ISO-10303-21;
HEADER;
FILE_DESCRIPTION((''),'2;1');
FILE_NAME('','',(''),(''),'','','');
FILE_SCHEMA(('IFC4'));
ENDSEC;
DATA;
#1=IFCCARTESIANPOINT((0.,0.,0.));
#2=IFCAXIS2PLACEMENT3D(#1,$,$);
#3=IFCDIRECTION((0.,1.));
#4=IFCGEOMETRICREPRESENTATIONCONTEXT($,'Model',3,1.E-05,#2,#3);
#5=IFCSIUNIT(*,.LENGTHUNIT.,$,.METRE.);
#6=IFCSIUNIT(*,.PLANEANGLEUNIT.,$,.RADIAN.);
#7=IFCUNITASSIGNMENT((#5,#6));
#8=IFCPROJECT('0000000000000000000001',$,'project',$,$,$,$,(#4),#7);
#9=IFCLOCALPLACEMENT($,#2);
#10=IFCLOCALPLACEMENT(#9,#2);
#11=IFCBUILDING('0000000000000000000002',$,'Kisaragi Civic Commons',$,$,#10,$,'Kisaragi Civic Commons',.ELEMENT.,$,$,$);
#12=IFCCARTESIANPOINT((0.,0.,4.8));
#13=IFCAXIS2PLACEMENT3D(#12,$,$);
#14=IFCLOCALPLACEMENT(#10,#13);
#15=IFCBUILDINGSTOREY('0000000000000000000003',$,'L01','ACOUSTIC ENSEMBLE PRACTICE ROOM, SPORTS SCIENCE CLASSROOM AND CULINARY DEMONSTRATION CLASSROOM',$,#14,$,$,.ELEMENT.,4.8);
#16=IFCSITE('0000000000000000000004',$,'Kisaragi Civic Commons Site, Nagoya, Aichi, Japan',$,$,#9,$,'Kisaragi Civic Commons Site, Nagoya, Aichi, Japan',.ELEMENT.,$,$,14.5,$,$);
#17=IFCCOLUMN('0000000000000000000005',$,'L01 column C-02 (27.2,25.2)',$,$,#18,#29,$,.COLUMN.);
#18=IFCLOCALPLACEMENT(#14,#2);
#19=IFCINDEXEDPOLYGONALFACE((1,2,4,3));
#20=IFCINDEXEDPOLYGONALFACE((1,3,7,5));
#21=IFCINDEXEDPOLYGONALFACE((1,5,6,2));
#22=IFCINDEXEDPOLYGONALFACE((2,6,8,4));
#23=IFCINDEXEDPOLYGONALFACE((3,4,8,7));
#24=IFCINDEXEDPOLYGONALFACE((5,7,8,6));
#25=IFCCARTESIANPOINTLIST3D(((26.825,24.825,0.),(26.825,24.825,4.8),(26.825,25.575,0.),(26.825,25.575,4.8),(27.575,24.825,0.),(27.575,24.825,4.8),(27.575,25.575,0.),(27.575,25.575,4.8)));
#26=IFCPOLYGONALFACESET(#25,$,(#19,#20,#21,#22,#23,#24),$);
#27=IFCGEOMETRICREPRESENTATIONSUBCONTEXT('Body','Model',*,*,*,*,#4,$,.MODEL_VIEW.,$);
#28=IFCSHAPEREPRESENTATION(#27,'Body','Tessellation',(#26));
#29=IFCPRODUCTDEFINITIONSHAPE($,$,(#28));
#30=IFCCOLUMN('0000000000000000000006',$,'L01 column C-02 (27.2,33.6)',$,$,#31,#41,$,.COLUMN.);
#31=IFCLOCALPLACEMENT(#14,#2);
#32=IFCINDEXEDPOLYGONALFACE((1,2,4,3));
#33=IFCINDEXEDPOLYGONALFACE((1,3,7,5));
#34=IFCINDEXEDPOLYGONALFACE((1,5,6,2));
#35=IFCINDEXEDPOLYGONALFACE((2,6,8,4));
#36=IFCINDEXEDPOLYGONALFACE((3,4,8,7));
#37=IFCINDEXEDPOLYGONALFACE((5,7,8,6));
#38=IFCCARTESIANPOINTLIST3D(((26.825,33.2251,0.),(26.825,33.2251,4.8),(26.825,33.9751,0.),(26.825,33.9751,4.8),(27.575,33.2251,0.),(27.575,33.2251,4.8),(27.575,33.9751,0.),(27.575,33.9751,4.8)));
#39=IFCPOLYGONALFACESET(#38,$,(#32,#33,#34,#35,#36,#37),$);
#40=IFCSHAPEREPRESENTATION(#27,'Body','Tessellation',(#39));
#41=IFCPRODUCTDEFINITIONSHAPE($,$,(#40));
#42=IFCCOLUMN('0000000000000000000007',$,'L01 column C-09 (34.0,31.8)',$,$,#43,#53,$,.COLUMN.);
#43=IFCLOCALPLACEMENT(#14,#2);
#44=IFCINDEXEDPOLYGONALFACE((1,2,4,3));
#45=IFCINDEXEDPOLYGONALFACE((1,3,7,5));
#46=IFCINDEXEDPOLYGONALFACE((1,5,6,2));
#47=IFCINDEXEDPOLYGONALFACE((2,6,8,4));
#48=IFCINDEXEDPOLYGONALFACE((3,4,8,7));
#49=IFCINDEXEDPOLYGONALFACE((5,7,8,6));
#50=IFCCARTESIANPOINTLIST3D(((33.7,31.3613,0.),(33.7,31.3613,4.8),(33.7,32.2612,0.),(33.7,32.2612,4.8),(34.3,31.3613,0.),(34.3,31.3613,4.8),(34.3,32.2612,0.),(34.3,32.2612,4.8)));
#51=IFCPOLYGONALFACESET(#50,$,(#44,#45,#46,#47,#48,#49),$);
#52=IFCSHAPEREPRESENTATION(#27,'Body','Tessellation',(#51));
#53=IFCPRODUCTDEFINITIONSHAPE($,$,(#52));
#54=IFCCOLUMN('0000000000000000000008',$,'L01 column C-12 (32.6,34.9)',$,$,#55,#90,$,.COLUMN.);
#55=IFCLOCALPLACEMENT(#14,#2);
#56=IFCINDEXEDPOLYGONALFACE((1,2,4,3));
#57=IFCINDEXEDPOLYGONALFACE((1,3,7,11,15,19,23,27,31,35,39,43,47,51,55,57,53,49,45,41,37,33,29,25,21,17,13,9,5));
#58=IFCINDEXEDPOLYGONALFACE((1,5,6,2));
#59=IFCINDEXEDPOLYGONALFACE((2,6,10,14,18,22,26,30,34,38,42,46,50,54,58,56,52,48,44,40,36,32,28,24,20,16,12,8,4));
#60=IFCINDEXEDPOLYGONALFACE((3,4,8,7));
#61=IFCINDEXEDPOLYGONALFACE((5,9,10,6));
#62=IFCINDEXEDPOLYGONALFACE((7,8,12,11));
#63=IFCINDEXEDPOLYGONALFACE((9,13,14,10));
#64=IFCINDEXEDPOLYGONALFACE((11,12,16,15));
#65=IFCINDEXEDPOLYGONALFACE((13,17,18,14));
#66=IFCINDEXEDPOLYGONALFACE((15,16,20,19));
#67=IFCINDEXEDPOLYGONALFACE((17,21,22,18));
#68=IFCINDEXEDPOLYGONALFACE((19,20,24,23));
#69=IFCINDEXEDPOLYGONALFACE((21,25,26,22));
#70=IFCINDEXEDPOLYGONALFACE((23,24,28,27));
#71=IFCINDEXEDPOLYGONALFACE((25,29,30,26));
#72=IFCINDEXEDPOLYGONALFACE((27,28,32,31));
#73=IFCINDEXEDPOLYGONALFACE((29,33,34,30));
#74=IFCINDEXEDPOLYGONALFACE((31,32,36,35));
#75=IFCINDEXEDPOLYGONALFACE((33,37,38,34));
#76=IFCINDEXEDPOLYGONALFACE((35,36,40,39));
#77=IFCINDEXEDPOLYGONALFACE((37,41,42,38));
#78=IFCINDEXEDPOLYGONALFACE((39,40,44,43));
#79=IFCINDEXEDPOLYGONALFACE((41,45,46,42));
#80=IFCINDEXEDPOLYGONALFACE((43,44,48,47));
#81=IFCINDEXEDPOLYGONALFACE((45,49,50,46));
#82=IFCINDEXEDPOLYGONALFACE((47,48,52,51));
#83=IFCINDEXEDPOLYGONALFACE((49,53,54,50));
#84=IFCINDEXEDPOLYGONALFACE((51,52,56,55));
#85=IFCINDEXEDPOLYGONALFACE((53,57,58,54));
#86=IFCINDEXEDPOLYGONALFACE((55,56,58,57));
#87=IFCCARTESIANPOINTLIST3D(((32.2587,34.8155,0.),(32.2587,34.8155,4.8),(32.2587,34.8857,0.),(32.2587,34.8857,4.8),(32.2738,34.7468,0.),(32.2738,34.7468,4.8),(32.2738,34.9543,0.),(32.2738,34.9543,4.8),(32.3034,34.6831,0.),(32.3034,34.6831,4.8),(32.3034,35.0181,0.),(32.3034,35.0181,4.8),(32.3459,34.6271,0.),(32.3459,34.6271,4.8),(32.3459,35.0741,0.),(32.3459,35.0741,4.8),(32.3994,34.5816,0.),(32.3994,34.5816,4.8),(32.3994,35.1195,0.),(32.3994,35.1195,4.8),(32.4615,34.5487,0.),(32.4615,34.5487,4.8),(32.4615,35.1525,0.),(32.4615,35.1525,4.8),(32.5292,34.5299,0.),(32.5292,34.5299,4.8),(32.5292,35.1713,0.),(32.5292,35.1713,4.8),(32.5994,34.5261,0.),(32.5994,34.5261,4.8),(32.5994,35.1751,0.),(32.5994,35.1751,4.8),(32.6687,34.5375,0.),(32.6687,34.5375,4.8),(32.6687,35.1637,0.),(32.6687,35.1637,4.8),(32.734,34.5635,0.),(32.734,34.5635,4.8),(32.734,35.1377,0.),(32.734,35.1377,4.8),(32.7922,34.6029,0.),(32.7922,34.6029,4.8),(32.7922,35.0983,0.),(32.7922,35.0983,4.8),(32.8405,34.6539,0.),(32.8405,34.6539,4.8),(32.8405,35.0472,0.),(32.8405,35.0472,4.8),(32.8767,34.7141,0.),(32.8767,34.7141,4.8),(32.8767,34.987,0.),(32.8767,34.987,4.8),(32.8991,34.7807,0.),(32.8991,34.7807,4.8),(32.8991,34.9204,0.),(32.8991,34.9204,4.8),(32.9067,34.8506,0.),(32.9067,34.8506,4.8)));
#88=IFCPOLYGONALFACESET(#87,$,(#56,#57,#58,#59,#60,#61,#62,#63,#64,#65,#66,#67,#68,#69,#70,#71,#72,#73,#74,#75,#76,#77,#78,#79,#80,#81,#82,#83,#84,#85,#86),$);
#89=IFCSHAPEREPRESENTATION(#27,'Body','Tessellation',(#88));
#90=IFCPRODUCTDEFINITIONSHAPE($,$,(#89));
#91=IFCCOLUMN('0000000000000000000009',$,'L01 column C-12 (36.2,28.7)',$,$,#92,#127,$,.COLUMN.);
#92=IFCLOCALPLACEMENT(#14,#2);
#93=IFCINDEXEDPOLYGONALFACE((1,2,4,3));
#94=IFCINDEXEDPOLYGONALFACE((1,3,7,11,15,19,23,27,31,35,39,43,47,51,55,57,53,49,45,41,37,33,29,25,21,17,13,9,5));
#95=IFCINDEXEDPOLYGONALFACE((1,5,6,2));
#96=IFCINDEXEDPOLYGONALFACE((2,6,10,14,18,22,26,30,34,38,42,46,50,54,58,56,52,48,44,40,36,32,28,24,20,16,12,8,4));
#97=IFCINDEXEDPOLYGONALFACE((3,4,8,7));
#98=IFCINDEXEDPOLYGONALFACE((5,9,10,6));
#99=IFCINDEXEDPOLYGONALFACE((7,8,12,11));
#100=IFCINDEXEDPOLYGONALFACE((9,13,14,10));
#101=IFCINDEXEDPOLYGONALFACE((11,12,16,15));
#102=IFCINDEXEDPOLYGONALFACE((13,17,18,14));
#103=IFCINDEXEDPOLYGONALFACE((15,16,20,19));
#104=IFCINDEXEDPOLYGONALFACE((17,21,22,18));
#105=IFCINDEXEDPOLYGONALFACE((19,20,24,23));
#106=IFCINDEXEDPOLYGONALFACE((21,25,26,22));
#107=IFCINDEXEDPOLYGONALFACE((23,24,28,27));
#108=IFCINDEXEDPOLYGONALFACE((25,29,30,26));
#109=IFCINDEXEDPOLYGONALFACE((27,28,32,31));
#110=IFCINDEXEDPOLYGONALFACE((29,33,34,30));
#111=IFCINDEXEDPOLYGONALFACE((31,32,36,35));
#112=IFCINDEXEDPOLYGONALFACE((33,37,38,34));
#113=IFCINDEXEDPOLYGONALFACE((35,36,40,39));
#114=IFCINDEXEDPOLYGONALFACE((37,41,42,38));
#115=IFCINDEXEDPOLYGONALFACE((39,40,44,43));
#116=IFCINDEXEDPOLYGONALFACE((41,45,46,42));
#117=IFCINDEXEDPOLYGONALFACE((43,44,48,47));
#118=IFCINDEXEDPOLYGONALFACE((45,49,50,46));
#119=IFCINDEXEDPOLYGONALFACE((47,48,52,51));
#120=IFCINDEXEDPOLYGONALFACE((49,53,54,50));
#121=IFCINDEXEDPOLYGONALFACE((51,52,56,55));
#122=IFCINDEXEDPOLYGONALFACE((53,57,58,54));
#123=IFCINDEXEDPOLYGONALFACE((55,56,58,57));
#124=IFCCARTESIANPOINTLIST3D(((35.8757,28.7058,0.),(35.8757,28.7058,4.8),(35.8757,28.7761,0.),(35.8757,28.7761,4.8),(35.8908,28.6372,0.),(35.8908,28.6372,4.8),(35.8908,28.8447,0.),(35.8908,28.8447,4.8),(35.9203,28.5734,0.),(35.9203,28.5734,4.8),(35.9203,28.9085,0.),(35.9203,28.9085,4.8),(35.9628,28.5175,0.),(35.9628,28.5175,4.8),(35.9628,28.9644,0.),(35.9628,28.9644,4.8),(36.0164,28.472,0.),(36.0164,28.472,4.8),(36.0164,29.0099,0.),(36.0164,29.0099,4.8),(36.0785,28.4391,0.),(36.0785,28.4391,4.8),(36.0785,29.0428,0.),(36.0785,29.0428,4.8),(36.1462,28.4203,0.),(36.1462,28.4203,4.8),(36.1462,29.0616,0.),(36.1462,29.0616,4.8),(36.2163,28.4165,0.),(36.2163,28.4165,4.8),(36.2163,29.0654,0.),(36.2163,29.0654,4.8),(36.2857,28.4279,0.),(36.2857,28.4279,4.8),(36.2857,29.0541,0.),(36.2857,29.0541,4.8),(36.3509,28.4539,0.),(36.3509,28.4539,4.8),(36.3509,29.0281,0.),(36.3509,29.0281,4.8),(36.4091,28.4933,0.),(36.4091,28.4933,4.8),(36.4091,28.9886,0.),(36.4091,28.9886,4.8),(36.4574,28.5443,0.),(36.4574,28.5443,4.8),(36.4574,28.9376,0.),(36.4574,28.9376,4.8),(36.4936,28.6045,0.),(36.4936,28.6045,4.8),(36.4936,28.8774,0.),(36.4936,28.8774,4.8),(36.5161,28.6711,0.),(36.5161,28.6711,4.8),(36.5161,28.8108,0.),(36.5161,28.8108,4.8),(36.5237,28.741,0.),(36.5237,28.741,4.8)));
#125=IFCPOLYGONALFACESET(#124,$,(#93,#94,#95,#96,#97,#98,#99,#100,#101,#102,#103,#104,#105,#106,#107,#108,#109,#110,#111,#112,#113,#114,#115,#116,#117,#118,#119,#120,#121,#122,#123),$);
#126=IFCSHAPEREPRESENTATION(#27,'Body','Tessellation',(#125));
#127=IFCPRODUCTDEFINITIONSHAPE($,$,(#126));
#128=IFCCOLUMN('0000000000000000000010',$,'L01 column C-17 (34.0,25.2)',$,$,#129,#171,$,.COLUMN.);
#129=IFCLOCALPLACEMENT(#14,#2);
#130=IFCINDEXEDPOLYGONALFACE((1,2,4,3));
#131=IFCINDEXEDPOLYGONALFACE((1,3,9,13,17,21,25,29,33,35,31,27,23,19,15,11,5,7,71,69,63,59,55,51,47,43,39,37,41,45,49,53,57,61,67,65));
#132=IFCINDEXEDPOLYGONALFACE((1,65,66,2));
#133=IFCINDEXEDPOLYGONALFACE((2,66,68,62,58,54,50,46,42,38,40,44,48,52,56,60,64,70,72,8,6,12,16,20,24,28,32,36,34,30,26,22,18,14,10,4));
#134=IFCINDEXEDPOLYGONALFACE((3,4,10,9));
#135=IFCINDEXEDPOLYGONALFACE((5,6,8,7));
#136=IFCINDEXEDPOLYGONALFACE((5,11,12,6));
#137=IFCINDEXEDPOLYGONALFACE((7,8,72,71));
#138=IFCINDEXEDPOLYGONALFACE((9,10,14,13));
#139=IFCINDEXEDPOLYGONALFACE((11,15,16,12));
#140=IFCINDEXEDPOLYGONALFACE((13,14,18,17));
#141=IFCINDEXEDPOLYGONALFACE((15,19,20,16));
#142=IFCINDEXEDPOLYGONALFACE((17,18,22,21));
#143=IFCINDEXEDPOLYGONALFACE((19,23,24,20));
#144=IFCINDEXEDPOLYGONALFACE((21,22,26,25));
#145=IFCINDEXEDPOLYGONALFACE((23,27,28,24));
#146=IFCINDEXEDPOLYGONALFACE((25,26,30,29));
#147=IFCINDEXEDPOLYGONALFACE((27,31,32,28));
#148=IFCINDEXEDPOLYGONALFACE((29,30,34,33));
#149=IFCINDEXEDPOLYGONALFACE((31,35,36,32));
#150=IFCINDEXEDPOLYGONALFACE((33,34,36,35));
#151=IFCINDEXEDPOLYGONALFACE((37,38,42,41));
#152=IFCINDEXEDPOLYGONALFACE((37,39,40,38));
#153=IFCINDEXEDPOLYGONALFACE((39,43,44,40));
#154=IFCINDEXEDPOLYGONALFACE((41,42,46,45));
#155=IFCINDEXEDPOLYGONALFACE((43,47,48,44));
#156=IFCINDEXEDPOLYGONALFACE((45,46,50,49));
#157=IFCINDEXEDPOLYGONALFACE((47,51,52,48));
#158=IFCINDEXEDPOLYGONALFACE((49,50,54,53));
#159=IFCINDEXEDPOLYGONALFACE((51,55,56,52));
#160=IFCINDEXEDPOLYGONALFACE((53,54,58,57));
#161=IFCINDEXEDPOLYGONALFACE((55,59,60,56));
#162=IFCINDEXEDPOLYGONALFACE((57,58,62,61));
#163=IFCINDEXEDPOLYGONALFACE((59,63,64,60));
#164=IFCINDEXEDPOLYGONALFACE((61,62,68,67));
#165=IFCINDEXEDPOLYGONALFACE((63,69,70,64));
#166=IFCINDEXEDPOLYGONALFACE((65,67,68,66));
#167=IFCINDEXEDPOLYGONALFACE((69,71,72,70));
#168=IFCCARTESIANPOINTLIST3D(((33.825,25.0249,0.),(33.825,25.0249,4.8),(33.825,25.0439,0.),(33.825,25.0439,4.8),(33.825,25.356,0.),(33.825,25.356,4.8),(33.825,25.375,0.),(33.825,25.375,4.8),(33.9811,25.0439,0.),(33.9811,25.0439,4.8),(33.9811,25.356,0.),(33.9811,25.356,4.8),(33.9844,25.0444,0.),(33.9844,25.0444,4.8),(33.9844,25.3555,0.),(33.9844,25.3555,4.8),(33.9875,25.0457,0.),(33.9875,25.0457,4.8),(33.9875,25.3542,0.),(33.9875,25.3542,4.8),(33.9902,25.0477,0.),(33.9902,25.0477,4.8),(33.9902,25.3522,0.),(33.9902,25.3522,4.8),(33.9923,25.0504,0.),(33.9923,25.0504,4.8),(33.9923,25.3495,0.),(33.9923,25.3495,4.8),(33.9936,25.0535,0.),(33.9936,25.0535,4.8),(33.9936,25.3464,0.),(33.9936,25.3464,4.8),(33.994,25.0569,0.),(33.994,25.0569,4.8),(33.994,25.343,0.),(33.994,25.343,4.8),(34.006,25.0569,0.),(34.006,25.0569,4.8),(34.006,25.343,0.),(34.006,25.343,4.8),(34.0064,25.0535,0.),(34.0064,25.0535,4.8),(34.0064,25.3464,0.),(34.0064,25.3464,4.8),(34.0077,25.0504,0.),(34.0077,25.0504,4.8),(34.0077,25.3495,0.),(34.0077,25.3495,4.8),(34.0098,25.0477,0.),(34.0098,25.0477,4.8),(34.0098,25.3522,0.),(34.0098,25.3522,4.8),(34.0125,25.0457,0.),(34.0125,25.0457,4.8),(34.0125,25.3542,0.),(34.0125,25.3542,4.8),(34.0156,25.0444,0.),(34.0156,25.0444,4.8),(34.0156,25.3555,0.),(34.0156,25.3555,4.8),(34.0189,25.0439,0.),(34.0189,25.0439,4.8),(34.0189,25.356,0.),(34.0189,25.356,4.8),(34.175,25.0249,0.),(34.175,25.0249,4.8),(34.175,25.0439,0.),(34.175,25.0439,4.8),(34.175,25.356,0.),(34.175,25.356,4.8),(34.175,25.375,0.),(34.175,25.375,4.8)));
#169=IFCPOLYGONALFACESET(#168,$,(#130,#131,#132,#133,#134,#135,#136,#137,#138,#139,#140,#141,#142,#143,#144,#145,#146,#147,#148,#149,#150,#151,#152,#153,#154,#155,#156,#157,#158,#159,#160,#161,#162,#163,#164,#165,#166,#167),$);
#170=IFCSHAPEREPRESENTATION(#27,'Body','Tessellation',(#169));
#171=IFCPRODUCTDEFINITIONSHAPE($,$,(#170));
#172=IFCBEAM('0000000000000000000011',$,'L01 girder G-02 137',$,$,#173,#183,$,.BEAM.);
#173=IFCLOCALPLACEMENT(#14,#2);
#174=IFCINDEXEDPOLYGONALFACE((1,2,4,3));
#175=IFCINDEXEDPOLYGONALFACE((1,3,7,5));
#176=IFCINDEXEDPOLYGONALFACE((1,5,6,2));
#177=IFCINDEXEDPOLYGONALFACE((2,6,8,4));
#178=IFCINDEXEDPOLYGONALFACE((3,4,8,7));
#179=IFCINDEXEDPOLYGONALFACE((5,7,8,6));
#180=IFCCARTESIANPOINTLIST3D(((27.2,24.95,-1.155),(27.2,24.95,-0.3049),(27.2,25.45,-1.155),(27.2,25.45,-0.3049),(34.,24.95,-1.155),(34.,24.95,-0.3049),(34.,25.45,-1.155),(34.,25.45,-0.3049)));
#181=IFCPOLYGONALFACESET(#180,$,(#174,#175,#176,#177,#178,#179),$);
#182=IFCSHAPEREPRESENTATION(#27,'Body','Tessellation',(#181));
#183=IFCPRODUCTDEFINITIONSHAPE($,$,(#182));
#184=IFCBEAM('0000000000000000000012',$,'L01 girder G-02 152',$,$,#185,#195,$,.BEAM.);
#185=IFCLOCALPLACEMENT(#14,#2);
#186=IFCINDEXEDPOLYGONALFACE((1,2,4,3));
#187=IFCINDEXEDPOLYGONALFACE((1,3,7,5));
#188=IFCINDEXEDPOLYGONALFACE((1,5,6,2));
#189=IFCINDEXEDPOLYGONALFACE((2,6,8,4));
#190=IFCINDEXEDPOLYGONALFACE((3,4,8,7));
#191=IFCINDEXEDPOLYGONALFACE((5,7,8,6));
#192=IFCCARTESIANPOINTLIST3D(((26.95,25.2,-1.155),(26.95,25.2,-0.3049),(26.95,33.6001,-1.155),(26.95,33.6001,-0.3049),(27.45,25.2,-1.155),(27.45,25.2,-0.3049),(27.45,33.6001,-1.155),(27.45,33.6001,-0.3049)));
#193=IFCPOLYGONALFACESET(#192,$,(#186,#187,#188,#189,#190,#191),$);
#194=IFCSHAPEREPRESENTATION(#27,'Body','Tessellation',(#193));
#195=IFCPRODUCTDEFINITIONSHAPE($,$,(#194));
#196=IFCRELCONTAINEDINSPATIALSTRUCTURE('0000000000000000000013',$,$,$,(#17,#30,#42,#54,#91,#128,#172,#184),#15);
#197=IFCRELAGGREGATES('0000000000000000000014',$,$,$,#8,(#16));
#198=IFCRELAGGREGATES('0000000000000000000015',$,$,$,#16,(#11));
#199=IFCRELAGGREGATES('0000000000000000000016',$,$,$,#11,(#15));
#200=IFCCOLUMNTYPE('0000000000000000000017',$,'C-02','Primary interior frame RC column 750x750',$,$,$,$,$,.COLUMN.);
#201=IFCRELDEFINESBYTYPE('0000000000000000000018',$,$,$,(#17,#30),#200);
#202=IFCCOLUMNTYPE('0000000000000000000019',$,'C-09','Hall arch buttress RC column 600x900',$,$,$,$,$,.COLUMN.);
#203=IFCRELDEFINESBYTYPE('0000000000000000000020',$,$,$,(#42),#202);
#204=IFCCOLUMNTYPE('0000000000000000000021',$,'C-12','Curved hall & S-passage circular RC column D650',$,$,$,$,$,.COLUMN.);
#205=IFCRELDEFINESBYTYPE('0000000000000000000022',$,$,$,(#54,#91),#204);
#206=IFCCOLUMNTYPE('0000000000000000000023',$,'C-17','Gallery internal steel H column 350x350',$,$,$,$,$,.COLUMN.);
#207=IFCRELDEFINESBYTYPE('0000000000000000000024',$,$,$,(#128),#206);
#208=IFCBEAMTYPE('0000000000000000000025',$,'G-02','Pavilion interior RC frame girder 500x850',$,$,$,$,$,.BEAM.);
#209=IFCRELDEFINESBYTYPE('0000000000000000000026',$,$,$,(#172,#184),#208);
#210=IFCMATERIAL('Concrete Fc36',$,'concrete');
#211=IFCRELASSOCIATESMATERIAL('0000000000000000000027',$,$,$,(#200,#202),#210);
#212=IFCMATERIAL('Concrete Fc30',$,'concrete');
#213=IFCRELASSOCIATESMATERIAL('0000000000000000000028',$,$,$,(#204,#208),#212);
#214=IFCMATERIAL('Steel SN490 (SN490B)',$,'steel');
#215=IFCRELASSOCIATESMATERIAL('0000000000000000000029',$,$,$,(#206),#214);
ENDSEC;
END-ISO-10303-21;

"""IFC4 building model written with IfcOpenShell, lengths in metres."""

from ifc_helpers import new_model, si_unit, direction, frame, origin, origin_2d, place, context, subcontext, project, spatial, rectangle, circle, i_section, extrude, material, material_profile, profile_set, type_object, element, save


model = new_model("IFC4")

# Units and contexts
model_context = context("Model", 3, precision=1e-05, world=origin(), true_north=direction((0.0, 1.0)))
body_context = subcontext(model_context, "Body", "Model", "MODEL_VIEW")
ifc_project = project(units=[si_unit("LENGTHUNIT", "METRE"), si_unit("PLANEANGLEUNIT", "RADIAN")], contexts=[model_context])

# Site, building, storey
site_placement = place(None, origin())
site = spatial("IfcSite", under=ifc_project, at=site_placement, Name="Kisaragi Civic Commons Site, Nagoya, Aichi, Japan", LongName="Kisaragi Civic Commons Site, Nagoya, Aichi, Japan", CompositionType="ELEMENT", RefElevation=14.5)
building_placement = place(site_placement, origin())
building = spatial("IfcBuilding", under=site, at=building_placement, Name="Kisaragi Civic Commons", LongName="Kisaragi Civic Commons", CompositionType="ELEMENT")
storey_placement = place(building_placement, frame((0.0, 0.0, 4.8)))
storey = spatial("IfcBuildingStorey", under=building, at=storey_placement, Name="L01", Description="ACOUSTIC ENSEMBLE PRACTICE ROOM, SPORTS SCIENCE CLASSROOM AND CULINARY DEMONSTRATION CLASSROOM", CompositionType="ELEMENT", Elevation=4.8)

# Columns
ifc_material_1 = material(Name="Concrete Fc36", Category="concrete")
ifc_material_profile_1 = material_profile(ifc_material_1, rectangle(XDim=0.75, YDim=0.75, at=origin_2d()), Name="RC-750x750", Category="concrete")
ifc_profile_set_1 = profile_set([ifc_material_profile_1], Name="Concrete Fc36")
column_type_1 = type_object("IfcColumnType", Name="C-02", Description="Primary interior frame RC column 750x750", PredefinedType="COLUMN", material=ifc_profile_set_1)
for number, where, z_axis, x_axis, name in (
    (1, (27.2, 25.2, 0.0), (0.0, 0.0, 1.0), (1.0, 0.0, 0.0), "L01 column C-02 (27.2,25.2)"),
    (2, (27.2, 33.6001, 0.0), (0.0, 0.0, 1.0), (1.0, 0.0, 0.0), "L01 column C-02 (27.2,33.6)"),
):
    element("IfcColumn", number, at=place(storey_placement, frame(where, z_axis=z_axis, x_axis=x_axis)), inside=storey, type_object=column_type_1, Name=name, PredefinedType="COLUMN", context=body_context, shape_type="SweptSolid", body=[
        extrude(rectangle(XDim=0.75, YDim=0.75, at=origin_2d()), origin(), (0.0, 0.0, 1.0), 4.8),
    ])
ifc_material_profile_2 = material_profile(ifc_material_1, rectangle(XDim=0.6001, YDim=0.8999, at=origin_2d()), Name="RC-600x900", Category="concrete")
ifc_profile_set_2 = profile_set([ifc_material_profile_2], Name="Concrete Fc36")
column_type_2 = type_object("IfcColumnType", Name="C-09", Description="Hall arch buttress RC column 600x900", PredefinedType="COLUMN", material=ifc_profile_set_2)
column_1_placement = place(storey_placement, frame((34.0, 31.8113, 0.0), z_axis=(0.0, 0.0, 1.0), x_axis=(1.0, 0.0, 0.0)))
element("IfcColumn", 3, at=column_1_placement, inside=storey, type_object=column_type_2, Name="L01 column C-09 (34.0,31.8)", PredefinedType="COLUMN", context=body_context, shape_type="SweptSolid", body=[
    extrude(rectangle(XDim=0.6001, YDim=0.8999, at=origin_2d()), origin(), (0.0, 0.0, 1.0), 4.8),
])
ifc_material_2 = material(Name="Concrete Fc30", Category="concrete")
ifc_material_profile_3 = material_profile(ifc_material_2, circle(Radius=0.325, at=origin_2d()), Name="RC-D650", Category="concrete")
ifc_profile_set_3 = profile_set([ifc_material_profile_3], Name="Concrete Fc30")
column_type_3 = type_object("IfcColumnType", Name="C-12", Description="Curved hall & S-passage circular RC column D650", PredefinedType="COLUMN", material=ifc_profile_set_3)
for number, where, z_axis, x_axis, name in (
    (4, (32.5818, 34.8506, 0.0), (0.0, 0.0, 1.0), (1.0, 0.0, 0.0), "L01 column C-12 (32.6,34.9)"),
    (5, (36.1987, 28.741, 0.0), (0.0, 0.0, 1.0), (1.0, 0.0, 0.0), "L01 column C-12 (36.2,28.7)"),
):
    element("IfcColumn", number, at=place(storey_placement, frame(where, z_axis=z_axis, x_axis=x_axis)), inside=storey, type_object=column_type_3, Name=name, PredefinedType="COLUMN", context=body_context, shape_type="SweptSolid", body=[
        extrude(circle(Radius=0.325, at=origin_2d()), origin(), (0.0, 0.0, 1.0), 4.8),
    ])
ifc_material_3 = material(Name="Steel SN490 (SN490B)", Category="steel")
ifc_material_profile_4 = material_profile(ifc_material_3, i_section(OverallWidth=0.3501, OverallDepth=0.3501, WebThickness=0.012, FlangeThickness=0.019, FilletRadius=0.0129, at=origin_2d()), Name="H-350x350x12x19", Category="steel")
ifc_profile_set_4 = profile_set([ifc_material_profile_4], Name="Steel SN490 (SN490B)")
column_type_4 = type_object("IfcColumnType", Name="C-17", Description="Gallery internal steel H column 350x350", PredefinedType="COLUMN", material=ifc_profile_set_4)
column_2_placement = place(storey_placement, frame((34.0, 25.2, 0.0), z_axis=(0.0, 0.0, 1.0), x_axis=(1.0, 0.0, 0.0)))
element("IfcColumn", 6, at=column_2_placement, inside=storey, type_object=column_type_4, Name="L01 column C-17 (34.0,25.2)", PredefinedType="COLUMN", context=body_context, shape_type="SweptSolid", body=[
    extrude(i_section(OverallWidth=0.3501, OverallDepth=0.3501, WebThickness=0.012, FlangeThickness=0.019, FilletRadius=0.0129, at=origin_2d()), origin(), (0.0, 0.0, 1.0), 4.8),
])

# Beams
ifc_material_profile_5 = material_profile(ifc_material_2, rectangle(XDim=0.5, YDim=0.8501, at=origin_2d()), Name="RC-500x850", Category="concrete")
ifc_profile_set_5 = profile_set([ifc_material_profile_5], Name="Concrete Fc30")
beam_type_1 = type_object("IfcBeamType", Name="G-02", Description="Pavilion interior RC frame girder 500x850", PredefinedType="BEAM", material=ifc_profile_set_5)
beam_1_placement = place(storey_placement, frame((27.2, 25.2, -0.73), z_axis=(1.0, 0.0, 0.0), x_axis=(0.0, 1.0, 0.0)))
element("IfcBeam", 7, at=beam_1_placement, inside=storey, type_object=beam_type_1, Name="L01 girder G-02 137", PredefinedType="BEAM", context=body_context, shape_type="SweptSolid", body=[
    extrude(rectangle(XDim=0.5, YDim=0.8501, at=origin_2d()), origin(), (0.0, 0.0, 1.0), 6.8),
])
beam_2_placement = place(storey_placement, frame((27.2, 25.2, -0.73), z_axis=(0.0, 1.0, 0.0), x_axis=(-1.0, 0.0, 0.0)))
element("IfcBeam", 8, at=beam_2_placement, inside=storey, type_object=beam_type_1, Name="L01 girder G-02 152", PredefinedType="BEAM", context=body_context, shape_type="SweptSolid", body=[
    extrude(rectangle(XDim=0.5, YDim=0.8501, at=origin_2d()), origin(), (0.0, 0.0, 1.0), 8.4001),
])

save(model, "model.ifc")
